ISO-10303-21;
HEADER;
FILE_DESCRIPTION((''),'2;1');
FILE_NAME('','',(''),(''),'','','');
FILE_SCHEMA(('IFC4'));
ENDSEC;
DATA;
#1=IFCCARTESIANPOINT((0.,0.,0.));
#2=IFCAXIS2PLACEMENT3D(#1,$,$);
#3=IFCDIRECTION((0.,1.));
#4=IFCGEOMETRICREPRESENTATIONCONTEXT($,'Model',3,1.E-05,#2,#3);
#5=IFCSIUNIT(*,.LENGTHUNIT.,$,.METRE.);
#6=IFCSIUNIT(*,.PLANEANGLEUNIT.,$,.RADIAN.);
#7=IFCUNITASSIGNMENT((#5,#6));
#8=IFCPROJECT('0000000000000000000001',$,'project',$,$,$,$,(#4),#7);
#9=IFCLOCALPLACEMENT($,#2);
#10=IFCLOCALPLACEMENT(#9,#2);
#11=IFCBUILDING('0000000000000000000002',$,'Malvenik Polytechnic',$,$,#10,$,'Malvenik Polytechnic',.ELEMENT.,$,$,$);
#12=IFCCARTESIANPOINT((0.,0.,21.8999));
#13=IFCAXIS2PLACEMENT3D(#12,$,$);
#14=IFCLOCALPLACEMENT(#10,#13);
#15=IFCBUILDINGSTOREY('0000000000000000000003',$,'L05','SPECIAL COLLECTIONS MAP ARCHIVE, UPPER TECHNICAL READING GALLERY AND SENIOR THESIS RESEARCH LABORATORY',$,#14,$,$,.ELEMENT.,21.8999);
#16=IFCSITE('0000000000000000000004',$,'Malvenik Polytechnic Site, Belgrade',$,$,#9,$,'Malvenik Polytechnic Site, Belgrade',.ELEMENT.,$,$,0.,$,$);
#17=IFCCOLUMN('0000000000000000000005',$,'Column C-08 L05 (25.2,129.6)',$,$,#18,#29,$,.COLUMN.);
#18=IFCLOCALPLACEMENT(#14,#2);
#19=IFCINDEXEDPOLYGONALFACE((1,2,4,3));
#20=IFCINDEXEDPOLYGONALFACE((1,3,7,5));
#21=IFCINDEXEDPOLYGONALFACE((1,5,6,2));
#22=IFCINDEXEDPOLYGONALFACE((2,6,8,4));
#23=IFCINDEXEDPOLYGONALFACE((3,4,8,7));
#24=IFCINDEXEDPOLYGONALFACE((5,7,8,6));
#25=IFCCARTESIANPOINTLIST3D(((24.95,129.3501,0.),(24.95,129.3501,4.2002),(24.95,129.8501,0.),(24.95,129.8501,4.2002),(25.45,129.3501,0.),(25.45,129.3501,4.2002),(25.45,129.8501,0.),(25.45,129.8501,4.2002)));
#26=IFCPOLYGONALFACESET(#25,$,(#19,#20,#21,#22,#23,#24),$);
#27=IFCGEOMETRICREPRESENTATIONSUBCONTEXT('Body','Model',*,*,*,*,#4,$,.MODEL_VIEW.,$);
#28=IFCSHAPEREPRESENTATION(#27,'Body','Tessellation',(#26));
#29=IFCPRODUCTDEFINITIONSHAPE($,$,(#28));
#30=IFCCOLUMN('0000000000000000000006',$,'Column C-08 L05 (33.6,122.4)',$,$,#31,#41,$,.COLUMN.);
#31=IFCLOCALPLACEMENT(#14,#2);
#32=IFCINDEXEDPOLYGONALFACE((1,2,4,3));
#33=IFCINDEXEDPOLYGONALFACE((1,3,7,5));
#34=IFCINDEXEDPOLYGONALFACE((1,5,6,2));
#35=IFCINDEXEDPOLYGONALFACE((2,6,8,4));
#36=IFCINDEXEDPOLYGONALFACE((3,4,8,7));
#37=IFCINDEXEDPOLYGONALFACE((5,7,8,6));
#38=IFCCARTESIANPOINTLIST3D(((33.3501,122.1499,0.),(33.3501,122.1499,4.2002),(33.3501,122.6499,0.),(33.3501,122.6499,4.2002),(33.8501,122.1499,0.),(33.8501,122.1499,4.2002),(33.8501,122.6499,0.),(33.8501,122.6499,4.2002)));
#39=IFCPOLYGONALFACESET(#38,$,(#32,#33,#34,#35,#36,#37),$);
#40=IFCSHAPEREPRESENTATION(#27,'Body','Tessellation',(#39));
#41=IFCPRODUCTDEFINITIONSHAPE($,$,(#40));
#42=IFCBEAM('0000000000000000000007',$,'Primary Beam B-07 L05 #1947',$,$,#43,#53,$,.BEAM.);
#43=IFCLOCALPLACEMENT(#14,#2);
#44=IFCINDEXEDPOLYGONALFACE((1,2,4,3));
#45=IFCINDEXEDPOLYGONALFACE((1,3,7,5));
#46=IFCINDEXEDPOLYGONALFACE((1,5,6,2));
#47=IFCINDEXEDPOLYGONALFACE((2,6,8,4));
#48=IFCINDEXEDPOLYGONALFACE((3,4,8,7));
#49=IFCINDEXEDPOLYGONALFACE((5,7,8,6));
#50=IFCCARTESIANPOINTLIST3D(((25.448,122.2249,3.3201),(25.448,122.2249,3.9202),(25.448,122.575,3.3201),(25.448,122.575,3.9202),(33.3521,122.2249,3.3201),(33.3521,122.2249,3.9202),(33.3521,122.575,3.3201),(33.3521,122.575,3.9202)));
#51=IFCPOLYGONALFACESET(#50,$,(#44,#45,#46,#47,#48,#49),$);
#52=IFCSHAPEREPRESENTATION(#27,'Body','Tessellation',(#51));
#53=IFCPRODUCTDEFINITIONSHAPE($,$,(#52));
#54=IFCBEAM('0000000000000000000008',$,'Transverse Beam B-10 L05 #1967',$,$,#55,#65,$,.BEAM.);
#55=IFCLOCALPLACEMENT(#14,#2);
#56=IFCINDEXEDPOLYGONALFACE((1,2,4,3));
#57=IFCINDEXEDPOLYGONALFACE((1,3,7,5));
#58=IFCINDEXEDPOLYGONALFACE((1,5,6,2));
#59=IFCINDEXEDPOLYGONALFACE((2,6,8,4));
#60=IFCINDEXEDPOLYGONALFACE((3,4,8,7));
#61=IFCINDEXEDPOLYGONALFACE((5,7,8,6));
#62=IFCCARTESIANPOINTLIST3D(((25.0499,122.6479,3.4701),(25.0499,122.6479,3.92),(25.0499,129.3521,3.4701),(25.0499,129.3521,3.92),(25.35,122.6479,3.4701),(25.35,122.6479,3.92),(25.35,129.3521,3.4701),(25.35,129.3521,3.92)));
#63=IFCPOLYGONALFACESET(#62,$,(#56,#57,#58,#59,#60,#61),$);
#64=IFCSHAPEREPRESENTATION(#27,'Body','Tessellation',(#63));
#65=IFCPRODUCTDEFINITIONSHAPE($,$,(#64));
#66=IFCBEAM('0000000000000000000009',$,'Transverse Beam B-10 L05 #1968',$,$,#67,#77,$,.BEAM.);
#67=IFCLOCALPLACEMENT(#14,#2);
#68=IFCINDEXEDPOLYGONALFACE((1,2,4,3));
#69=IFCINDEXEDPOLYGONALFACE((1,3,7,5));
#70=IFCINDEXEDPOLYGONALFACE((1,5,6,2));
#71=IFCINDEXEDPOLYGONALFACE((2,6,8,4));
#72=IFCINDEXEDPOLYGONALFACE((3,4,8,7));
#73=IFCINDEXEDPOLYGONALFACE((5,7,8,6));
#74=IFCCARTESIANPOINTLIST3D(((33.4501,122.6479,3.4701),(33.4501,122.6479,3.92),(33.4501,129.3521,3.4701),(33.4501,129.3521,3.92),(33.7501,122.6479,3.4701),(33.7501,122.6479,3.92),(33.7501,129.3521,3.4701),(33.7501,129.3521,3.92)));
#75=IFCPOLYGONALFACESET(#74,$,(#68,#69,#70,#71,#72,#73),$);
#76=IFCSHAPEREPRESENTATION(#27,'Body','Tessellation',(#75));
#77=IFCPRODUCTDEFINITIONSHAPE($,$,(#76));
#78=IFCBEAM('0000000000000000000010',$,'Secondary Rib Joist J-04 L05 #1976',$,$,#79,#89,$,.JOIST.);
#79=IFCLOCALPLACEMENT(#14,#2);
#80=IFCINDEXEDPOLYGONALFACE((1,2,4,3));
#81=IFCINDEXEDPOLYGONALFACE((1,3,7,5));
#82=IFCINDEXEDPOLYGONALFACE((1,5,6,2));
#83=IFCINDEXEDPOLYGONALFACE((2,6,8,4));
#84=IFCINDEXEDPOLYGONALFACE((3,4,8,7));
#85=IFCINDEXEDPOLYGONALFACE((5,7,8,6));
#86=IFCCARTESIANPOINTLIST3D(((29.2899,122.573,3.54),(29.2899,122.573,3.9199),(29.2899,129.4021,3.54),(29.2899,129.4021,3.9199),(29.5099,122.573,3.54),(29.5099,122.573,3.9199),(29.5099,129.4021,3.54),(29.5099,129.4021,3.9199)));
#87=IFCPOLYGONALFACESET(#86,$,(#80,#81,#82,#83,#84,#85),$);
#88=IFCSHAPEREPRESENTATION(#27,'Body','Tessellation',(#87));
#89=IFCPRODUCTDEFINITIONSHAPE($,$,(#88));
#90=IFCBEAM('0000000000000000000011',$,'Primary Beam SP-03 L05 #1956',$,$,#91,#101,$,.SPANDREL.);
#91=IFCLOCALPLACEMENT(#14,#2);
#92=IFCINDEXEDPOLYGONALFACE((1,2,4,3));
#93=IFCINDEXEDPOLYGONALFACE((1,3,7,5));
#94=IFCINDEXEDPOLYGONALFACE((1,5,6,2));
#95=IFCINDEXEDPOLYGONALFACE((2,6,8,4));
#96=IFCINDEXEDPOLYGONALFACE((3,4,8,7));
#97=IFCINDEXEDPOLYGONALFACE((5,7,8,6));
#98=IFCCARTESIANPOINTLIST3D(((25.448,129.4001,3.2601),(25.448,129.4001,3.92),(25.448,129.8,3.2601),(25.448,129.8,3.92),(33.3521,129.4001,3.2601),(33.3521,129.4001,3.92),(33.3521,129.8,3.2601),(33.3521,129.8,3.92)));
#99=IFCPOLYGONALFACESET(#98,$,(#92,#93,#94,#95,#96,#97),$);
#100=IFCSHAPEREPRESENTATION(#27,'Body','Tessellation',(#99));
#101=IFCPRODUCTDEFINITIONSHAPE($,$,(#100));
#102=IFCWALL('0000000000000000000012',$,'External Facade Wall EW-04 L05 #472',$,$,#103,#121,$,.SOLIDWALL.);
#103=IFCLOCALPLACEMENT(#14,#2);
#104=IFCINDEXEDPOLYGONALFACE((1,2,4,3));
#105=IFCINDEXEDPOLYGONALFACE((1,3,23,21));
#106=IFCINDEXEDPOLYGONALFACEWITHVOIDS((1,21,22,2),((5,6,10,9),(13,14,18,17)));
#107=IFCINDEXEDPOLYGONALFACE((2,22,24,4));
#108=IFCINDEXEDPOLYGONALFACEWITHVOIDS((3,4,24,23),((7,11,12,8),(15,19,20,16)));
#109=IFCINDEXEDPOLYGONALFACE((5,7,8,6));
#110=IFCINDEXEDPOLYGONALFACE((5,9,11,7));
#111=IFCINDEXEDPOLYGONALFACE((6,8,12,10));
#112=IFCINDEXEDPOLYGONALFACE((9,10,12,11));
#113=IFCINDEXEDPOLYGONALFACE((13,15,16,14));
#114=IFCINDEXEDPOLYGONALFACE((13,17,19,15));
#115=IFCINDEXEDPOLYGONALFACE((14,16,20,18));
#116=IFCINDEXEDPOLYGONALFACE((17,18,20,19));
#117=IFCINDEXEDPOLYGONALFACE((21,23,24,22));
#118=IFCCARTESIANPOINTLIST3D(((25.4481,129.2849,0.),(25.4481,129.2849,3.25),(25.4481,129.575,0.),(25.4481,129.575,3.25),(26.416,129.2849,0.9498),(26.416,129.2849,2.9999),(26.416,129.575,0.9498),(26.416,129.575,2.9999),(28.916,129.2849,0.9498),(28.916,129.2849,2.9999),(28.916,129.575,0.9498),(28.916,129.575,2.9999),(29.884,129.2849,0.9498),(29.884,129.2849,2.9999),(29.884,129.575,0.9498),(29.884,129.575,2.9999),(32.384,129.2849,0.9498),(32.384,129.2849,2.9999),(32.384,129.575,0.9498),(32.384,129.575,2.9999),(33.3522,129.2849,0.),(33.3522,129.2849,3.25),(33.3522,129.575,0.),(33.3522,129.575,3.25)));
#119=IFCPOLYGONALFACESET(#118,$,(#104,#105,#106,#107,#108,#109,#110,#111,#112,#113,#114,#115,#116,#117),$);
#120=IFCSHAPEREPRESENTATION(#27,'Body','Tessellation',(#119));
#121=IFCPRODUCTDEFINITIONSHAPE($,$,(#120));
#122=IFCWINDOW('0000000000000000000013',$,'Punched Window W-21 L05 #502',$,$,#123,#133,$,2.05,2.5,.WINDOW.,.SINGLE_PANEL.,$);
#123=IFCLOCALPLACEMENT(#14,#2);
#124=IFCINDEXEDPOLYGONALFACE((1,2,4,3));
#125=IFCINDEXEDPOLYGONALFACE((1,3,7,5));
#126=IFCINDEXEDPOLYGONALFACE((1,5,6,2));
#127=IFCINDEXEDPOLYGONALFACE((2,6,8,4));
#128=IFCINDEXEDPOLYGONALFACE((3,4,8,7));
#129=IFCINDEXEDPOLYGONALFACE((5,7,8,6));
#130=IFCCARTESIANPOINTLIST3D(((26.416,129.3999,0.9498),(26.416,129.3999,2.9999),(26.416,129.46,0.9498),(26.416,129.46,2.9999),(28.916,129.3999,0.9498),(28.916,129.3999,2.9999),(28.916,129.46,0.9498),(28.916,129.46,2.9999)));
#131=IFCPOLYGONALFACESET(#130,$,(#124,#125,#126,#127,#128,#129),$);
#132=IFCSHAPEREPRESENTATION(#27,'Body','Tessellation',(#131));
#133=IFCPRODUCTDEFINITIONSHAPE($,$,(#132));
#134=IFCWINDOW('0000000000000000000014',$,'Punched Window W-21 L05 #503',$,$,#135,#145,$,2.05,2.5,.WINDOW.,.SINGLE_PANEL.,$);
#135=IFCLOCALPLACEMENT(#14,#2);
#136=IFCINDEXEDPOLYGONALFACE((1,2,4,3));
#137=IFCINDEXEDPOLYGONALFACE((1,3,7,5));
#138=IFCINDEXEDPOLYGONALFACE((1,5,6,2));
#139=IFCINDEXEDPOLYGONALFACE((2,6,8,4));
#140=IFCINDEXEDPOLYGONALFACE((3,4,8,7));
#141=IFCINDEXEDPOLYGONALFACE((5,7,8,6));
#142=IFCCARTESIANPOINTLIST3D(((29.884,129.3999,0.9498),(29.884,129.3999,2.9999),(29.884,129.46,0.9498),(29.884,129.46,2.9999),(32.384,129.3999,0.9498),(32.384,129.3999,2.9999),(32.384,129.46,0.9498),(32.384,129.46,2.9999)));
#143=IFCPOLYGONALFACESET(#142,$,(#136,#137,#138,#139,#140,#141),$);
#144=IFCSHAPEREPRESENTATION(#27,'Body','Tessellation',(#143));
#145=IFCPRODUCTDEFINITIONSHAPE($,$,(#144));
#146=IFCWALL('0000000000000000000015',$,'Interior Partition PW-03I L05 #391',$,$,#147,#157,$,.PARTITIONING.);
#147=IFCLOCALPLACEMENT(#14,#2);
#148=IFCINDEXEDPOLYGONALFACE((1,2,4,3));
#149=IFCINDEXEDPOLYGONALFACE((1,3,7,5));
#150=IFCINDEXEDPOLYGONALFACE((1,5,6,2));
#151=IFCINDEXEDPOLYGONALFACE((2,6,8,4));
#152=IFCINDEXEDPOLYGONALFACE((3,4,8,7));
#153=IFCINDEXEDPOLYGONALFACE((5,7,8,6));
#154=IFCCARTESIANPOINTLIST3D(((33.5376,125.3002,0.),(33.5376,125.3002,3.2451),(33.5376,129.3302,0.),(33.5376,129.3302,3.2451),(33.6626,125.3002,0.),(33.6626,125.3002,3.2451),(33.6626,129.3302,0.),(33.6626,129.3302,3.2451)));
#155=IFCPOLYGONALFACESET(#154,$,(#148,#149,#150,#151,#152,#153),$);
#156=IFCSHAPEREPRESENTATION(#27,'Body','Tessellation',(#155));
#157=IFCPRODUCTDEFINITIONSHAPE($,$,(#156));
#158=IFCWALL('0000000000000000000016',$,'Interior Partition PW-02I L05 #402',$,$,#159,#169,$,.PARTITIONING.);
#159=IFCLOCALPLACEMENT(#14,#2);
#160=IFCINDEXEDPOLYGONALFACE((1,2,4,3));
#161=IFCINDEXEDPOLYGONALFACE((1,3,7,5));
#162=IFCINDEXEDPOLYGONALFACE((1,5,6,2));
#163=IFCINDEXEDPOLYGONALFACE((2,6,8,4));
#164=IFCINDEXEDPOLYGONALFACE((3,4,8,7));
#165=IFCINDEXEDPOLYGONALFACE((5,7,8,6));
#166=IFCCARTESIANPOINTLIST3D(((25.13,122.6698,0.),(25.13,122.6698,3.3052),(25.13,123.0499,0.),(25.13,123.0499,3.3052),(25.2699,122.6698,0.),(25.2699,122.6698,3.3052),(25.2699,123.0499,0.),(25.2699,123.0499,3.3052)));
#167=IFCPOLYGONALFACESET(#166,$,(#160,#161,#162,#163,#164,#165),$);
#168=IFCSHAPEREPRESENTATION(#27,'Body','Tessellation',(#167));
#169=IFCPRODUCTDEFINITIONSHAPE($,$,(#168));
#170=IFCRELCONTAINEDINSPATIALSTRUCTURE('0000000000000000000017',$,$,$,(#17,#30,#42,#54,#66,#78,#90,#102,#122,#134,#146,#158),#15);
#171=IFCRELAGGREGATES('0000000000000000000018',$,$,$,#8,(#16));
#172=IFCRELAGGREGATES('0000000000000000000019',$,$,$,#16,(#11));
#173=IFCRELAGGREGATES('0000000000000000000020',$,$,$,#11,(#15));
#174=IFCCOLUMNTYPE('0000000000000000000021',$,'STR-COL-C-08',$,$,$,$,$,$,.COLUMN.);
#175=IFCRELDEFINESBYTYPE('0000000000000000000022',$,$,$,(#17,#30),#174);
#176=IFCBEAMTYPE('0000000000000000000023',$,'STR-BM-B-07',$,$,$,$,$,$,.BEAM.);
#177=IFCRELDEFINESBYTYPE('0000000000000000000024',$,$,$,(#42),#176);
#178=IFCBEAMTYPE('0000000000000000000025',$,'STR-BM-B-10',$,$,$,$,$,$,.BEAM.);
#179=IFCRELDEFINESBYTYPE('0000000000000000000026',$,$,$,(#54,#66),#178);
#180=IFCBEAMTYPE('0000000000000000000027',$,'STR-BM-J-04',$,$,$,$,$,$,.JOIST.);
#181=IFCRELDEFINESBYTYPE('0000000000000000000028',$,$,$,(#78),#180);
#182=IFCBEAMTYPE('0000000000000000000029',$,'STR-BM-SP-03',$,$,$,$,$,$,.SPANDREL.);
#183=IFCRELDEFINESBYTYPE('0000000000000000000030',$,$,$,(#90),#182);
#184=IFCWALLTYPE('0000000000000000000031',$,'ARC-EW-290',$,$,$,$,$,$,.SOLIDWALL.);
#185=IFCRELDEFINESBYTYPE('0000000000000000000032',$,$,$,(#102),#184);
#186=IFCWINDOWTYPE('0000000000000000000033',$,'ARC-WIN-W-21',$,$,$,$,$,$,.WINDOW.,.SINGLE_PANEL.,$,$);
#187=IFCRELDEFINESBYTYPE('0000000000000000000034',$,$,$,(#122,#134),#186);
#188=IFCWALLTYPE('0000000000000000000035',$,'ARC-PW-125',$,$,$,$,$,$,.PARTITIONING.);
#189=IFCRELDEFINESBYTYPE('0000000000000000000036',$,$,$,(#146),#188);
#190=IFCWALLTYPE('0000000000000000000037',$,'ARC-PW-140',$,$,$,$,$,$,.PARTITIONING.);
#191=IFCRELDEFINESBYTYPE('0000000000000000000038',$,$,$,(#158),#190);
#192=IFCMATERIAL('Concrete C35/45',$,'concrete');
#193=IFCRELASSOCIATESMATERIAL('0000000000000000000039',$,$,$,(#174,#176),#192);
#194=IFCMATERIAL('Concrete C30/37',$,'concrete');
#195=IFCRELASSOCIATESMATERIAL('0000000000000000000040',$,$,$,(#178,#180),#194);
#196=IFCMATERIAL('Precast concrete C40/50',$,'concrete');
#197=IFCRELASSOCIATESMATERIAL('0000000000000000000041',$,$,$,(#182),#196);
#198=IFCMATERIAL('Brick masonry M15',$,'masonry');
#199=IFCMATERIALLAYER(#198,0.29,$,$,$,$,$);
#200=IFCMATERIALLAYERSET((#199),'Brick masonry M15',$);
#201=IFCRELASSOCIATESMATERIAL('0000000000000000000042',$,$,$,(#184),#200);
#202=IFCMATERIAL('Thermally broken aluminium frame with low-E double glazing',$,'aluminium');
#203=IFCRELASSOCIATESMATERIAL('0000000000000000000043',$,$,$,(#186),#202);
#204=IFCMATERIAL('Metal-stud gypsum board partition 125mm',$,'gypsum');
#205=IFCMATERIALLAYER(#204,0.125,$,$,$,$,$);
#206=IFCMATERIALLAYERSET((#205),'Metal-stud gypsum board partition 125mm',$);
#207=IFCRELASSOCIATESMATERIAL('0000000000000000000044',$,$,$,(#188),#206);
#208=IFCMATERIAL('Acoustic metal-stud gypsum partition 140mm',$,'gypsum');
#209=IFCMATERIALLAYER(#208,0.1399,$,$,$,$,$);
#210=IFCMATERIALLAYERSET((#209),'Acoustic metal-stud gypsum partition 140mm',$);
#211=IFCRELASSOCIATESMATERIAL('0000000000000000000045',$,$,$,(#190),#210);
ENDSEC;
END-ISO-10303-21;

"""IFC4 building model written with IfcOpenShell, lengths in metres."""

from ifc_helpers import new_model, si_unit, direction, frame, frame_2d, origin, origin_2d, place, context, subcontext, project, spatial, rectangle, extrude, material, layer, layer_set, material_profile, profile_set, type_object, element, fill, save


model = new_model("IFC4")

# Units and contexts
model_context = context("Model", 3, precision=1e-05, world=origin(), true_north=direction((0.0, 1.0)))
body_context = subcontext(model_context, "Body", "Model", "MODEL_VIEW")
ifc_project = project(units=[si_unit("LENGTHUNIT", "METRE"), si_unit("PLANEANGLEUNIT", "RADIAN")], contexts=[model_context])

# Site, building, storey
site_placement = place(None, origin())
site = spatial("IfcSite", under=ifc_project, at=site_placement, Name="Malvenik Polytechnic Site, Belgrade", LongName="Malvenik Polytechnic Site, Belgrade", CompositionType="ELEMENT", RefElevation=0.0)
building_placement = place(site_placement, origin())
building = spatial("IfcBuilding", under=site, at=building_placement, Name="Malvenik Polytechnic", LongName="Malvenik Polytechnic", CompositionType="ELEMENT")
storey_placement = place(building_placement, frame((0.0, 0.0, 21.8999)))
storey = spatial("IfcBuildingStorey", under=building, at=storey_placement, Name="L05", Description="SPECIAL COLLECTIONS MAP ARCHIVE, UPPER TECHNICAL READING GALLERY AND SENIOR THESIS RESEARCH LABORATORY", CompositionType="ELEMENT", Elevation=21.8999)

# Columns
ifc_material_1 = material(Name="Concrete C35/45", Category="concrete")
ifc_material_profile_1 = material_profile(ifc_material_1, rectangle(XDim=0.5, YDim=0.5, at=origin_2d()), Name="RC COL 500x500")
ifc_profile_set_1 = profile_set([ifc_material_profile_1], Name="Concrete C35/45")
column_type = type_object("IfcColumnType", Name="STR-COL-C-08", PredefinedType="COLUMN", material=ifc_profile_set_1)
for number, where, z_axis, x_axis, name in (
    (1, (25.2, 129.6001, 0.0), (0.0, 0.0, 1.0), (1.0, 0.0, 0.0), "Column C-08 L05 (25.2,129.6)"),
    (2, (33.6001, 122.3999, 0.0), (0.0, 0.0, 1.0), (1.0, 0.0, 0.0), "Column C-08 L05 (33.6,122.4)"),
):
    element("IfcColumn", number, at=place(storey_placement, frame(where, z_axis=z_axis, x_axis=x_axis)), inside=storey, type_object=column_type, Name=name, PredefinedType="COLUMN", context=body_context, shape_type="SweptSolid", body=[
        extrude(rectangle(XDim=0.5, YDim=0.5, at=origin_2d()), origin(), (0.0, 0.0, 1.0), 4.2002),
    ])

# Beams
ifc_material_profile_2 = material_profile(ifc_material_1, rectangle(XDim=0.3501, YDim=0.6001, at=origin_2d()), Name="RC BM 350x600")
ifc_profile_set_2 = profile_set([ifc_material_profile_2], Name="Concrete C35/45")
beam_type_1 = type_object("IfcBeamType", Name="STR-BM-B-07", PredefinedType="BEAM", material=ifc_profile_set_2)
beam_1_placement = place(storey_placement, frame((25.448, 122.3999, 3.6201), z_axis=(1.0, 0.0, 0.0), x_axis=(0.0, 1.0, 0.0)))
element("IfcBeam", 3, at=beam_1_placement, inside=storey, type_object=beam_type_1, Name="Primary Beam B-07 L05 #1947", PredefinedType="BEAM", context=body_context, shape_type="SweptSolid", body=[
    extrude(rectangle(XDim=0.3501, YDim=0.6001, at=origin_2d()), origin(), (0.0, 0.0, 1.0), 7.9041),
])
ifc_material_2 = material(Name="Concrete C30/37", Category="concrete")
ifc_material_profile_3 = material_profile(ifc_material_2, rectangle(XDim=0.3, YDim=0.45, at=origin_2d()), Name="RC BM 300x450")
ifc_profile_set_3 = profile_set([ifc_material_profile_3], Name="Concrete C30/37")
beam_type_2 = type_object("IfcBeamType", Name="STR-BM-B-10", PredefinedType="BEAM", material=ifc_profile_set_3)
for number, where, z_axis, x_axis, name in (
    (4, (25.2, 122.6479, 3.6951), (0.0, 1.0, 0.0), (-1.0, 0.0, 0.0), "Transverse Beam B-10 L05 #1967"),
    (5, (33.6001, 122.6479, 3.6951), (0.0, 1.0, 0.0), (-1.0, 0.0, 0.0), "Transverse Beam B-10 L05 #1968"),
):
    element("IfcBeam", number, at=place(storey_placement, frame(where, z_axis=z_axis, x_axis=x_axis)), inside=storey, type_object=beam_type_2, Name=name, PredefinedType="BEAM", context=body_context, shape_type="SweptSolid", body=[
        extrude(rectangle(XDim=0.3, YDim=0.45, at=origin_2d()), origin(), (0.0, 0.0, 1.0), 6.7041),
    ])
ifc_material_profile_4 = material_profile(ifc_material_2, rectangle(XDim=0.22, YDim=0.3799, at=origin_2d()), Name="RC JST 220x380")
ifc_profile_set_4 = profile_set([ifc_material_profile_4], Name="Concrete C30/37")
beam_type_3 = type_object("IfcBeamType", Name="STR-BM-J-04", PredefinedType="JOIST", material=ifc_profile_set_4)
beam_2_placement = place(storey_placement, frame((29.3999, 122.573, 3.73), z_axis=(0.0, 1.0, 0.0), x_axis=(-1.0, 0.0, 0.0)))
element("IfcBeam", 6, at=beam_2_placement, inside=storey, type_object=beam_type_3, Name="Secondary Rib Joist J-04 L05 #1976", PredefinedType="JOIST", context=body_context, shape_type="SweptSolid", body=[
    extrude(rectangle(XDim=0.22, YDim=0.3799, at=origin_2d()), origin(), (0.0, 0.0, 1.0), 6.8291),
])
ifc_material_3 = material(Name="Precast concrete C40/50", Category="concrete")
ifc_material_profile_5 = material_profile(ifc_material_3, rectangle(XDim=0.3999, YDim=0.6599, at=origin_2d()), Name="PC SPN 400x660")
ifc_profile_set_5 = profile_set([ifc_material_profile_5], Name="Precast concrete C40/50")
beam_type_4 = type_object("IfcBeamType", Name="STR-BM-SP-03", PredefinedType="SPANDREL", material=ifc_profile_set_5)
beam_3_placement = place(storey_placement, frame((25.448, 129.6001, 3.5901), z_axis=(1.0, 0.0, 0.0), x_axis=(0.0, 1.0, 0.0)))
element("IfcBeam", 7, at=beam_3_placement, inside=storey, type_object=beam_type_4, Name="Primary Beam SP-03 L05 #1956", PredefinedType="SPANDREL", context=body_context, shape_type="SweptSolid", body=[
    extrude(rectangle(XDim=0.3999, YDim=0.6599, at=origin_2d()), origin(), (0.0, 0.0, 1.0), 7.9041),
])

# Wall, openings, windows
ifc_material_4 = material(Name="Brick masonry M15", Category="masonry")
ifc_layer_1 = layer(ifc_material_4, 0.29)
ifc_layer_set_1 = layer_set([ifc_layer_1], Name="Brick masonry M15")
wall_type_1 = type_object("IfcWallType", Name="ARC-EW-290", PredefinedType="SOLIDWALL", material=ifc_layer_set_1)
wall_1_placement = place(storey_placement, frame((25.448, 129.4299, 0.0), z_axis=(0.0, 0.0, 1.0), x_axis=(1.0, 0.0, 0.0)))
wall_1 = element("IfcWall", 8, at=wall_1_placement, inside=storey, type_object=wall_type_1, Name="External Facade Wall EW-04 L05 #472", PredefinedType="SOLIDWALL", context=body_context, shape_type="SweptSolid", body=[
    extrude(rectangle(XDim=7.9041, YDim=0.29, at=frame_2d((3.9521, 0.0))), origin(), (0.0, 0.0, 1.0), 3.25),
])
opening_1_placement = place(wall_1_placement, frame((0.968, 0.0, 0.95)))
opening_1 = element("IfcOpeningElement", 9, at=opening_1_placement, cuts=wall_1, PredefinedType="OPENING", context=body_context, shape_type="SweptSolid", body=[
    extrude(rectangle(XDim=2.5, YDim=2.05, at=frame_2d((1.25, 1.0249))), frame((0.0, 0.155, 0.0), z_axis=(0.0, -1.0, 0.0), x_axis=(1.0, 0.0, 0.0)), (0.0, 0.0, 1.0), 0.3101),
])
opening_2_placement = place(wall_1_placement, frame((4.436, 0.0, 0.95)))
opening_2 = element("IfcOpeningElement", 10, at=opening_2_placement, cuts=wall_1, PredefinedType="OPENING", context=body_context, shape_type="SweptSolid", body=[
    extrude(rectangle(XDim=2.5, YDim=2.05, at=frame_2d((1.25, 1.0249))), frame((0.0, 0.155, 0.0), z_axis=(0.0, -1.0, 0.0), x_axis=(1.0, 0.0, 0.0)), (0.0, 0.0, 1.0), 0.3101),
])
ifc_material_5 = material(Name="Thermally broken aluminium frame with low-E double glazing", Category="aluminium")
window_type = type_object("IfcWindowType", Name="ARC-WIN-W-21", PartitioningType="SINGLE_PANEL", PredefinedType="WINDOW", material=ifc_material_5)
window_1_placement = place(opening_1_placement, origin())
window_1 = element("IfcWindow", 11, at=window_1_placement, inside=storey, type_object=window_type, Name="Punched Window W-21 L05 #502", OverallHeight=2.05, OverallWidth=2.5, PartitioningType="SINGLE_PANEL", PredefinedType="WINDOW", context=body_context, shape_type="SweptSolid", body=[
    extrude(rectangle(XDim=2.5, YDim=2.05, at=frame_2d((1.25, 1.0249))), frame((0.0, 0.03, 0.0), z_axis=(0.0, -1.0, 0.0), x_axis=(1.0, 0.0, 0.0)), (0.0, 0.0, 1.0), 0.0601),
])
fill(opening_1, window_1)
window_2_placement = place(opening_2_placement, origin())
window_2 = element("IfcWindow", 12, at=window_2_placement, inside=storey, type_object=window_type, Name="Punched Window W-21 L05 #503", OverallHeight=2.05, OverallWidth=2.5, PartitioningType="SINGLE_PANEL", PredefinedType="WINDOW", context=body_context, shape_type="SweptSolid", body=[
    extrude(rectangle(XDim=2.5, YDim=2.05, at=frame_2d((1.25, 1.0249))), frame((0.0, 0.03, 0.0), z_axis=(0.0, -1.0, 0.0), x_axis=(1.0, 0.0, 0.0)), (0.0, 0.0, 1.0), 0.0601),
])
fill(opening_2, window_2)

# Walls
ifc_material_6 = material(Name="Metal-stud gypsum board partition 125mm", Category="gypsum")
ifc_layer_2 = layer(ifc_material_6, 0.125)
ifc_layer_set_2 = layer_set([ifc_layer_2], Name="Metal-stud gypsum board partition 125mm")
wall_type_2 = type_object("IfcWallType", Name="ARC-PW-125", PredefinedType="PARTITIONING", material=ifc_layer_set_2)
wall_2_placement = place(storey_placement, frame((33.6001, 125.3, 0.0), z_axis=(0.0, 0.0, 1.0), x_axis=(0.0, 1.0, 0.0)))
element("IfcWall", 13, at=wall_2_placement, inside=storey, type_object=wall_type_2, Name="Interior Partition PW-03I L05 #391", PredefinedType="PARTITIONING", context=body_context, shape_type="SweptSolid", body=[
    extrude(rectangle(XDim=4.03, YDim=0.125, at=frame_2d((2.0151, 0.0))), origin(), (0.0, 0.0, 1.0), 3.2451),
])
ifc_material_7 = material(Name="Acoustic metal-stud gypsum partition 140mm", Category="gypsum")
ifc_layer_3 = layer(ifc_material_7, 0.1399)
ifc_layer_set_3 = layer_set([ifc_layer_3], Name="Acoustic metal-stud gypsum partition 140mm")
wall_type_3 = type_object("IfcWallType", Name="ARC-PW-140", PredefinedType="PARTITIONING", material=ifc_layer_set_3)
for number, where, z_axis, x_axis, name in (
    (14, (25.2, 122.6699, 0.0), (0.0, 0.0, 1.0), (0.0, 1.0, 0.0), "Interior Partition PW-02I L05 #402"),
):
    element("IfcWall", number, at=place(storey_placement, frame(where, z_axis=z_axis, x_axis=x_axis)), inside=storey, type_object=wall_type_3, Name=name, PredefinedType="PARTITIONING", context=body_context, shape_type="SweptSolid", body=[
        extrude(rectangle(XDim=0.3801, YDim=0.1399, at=frame_2d((0.1899, 0.0))), origin(), (0.0, 0.0, 1.0), 3.3052),
    ])

save(model, "model.ifc")
